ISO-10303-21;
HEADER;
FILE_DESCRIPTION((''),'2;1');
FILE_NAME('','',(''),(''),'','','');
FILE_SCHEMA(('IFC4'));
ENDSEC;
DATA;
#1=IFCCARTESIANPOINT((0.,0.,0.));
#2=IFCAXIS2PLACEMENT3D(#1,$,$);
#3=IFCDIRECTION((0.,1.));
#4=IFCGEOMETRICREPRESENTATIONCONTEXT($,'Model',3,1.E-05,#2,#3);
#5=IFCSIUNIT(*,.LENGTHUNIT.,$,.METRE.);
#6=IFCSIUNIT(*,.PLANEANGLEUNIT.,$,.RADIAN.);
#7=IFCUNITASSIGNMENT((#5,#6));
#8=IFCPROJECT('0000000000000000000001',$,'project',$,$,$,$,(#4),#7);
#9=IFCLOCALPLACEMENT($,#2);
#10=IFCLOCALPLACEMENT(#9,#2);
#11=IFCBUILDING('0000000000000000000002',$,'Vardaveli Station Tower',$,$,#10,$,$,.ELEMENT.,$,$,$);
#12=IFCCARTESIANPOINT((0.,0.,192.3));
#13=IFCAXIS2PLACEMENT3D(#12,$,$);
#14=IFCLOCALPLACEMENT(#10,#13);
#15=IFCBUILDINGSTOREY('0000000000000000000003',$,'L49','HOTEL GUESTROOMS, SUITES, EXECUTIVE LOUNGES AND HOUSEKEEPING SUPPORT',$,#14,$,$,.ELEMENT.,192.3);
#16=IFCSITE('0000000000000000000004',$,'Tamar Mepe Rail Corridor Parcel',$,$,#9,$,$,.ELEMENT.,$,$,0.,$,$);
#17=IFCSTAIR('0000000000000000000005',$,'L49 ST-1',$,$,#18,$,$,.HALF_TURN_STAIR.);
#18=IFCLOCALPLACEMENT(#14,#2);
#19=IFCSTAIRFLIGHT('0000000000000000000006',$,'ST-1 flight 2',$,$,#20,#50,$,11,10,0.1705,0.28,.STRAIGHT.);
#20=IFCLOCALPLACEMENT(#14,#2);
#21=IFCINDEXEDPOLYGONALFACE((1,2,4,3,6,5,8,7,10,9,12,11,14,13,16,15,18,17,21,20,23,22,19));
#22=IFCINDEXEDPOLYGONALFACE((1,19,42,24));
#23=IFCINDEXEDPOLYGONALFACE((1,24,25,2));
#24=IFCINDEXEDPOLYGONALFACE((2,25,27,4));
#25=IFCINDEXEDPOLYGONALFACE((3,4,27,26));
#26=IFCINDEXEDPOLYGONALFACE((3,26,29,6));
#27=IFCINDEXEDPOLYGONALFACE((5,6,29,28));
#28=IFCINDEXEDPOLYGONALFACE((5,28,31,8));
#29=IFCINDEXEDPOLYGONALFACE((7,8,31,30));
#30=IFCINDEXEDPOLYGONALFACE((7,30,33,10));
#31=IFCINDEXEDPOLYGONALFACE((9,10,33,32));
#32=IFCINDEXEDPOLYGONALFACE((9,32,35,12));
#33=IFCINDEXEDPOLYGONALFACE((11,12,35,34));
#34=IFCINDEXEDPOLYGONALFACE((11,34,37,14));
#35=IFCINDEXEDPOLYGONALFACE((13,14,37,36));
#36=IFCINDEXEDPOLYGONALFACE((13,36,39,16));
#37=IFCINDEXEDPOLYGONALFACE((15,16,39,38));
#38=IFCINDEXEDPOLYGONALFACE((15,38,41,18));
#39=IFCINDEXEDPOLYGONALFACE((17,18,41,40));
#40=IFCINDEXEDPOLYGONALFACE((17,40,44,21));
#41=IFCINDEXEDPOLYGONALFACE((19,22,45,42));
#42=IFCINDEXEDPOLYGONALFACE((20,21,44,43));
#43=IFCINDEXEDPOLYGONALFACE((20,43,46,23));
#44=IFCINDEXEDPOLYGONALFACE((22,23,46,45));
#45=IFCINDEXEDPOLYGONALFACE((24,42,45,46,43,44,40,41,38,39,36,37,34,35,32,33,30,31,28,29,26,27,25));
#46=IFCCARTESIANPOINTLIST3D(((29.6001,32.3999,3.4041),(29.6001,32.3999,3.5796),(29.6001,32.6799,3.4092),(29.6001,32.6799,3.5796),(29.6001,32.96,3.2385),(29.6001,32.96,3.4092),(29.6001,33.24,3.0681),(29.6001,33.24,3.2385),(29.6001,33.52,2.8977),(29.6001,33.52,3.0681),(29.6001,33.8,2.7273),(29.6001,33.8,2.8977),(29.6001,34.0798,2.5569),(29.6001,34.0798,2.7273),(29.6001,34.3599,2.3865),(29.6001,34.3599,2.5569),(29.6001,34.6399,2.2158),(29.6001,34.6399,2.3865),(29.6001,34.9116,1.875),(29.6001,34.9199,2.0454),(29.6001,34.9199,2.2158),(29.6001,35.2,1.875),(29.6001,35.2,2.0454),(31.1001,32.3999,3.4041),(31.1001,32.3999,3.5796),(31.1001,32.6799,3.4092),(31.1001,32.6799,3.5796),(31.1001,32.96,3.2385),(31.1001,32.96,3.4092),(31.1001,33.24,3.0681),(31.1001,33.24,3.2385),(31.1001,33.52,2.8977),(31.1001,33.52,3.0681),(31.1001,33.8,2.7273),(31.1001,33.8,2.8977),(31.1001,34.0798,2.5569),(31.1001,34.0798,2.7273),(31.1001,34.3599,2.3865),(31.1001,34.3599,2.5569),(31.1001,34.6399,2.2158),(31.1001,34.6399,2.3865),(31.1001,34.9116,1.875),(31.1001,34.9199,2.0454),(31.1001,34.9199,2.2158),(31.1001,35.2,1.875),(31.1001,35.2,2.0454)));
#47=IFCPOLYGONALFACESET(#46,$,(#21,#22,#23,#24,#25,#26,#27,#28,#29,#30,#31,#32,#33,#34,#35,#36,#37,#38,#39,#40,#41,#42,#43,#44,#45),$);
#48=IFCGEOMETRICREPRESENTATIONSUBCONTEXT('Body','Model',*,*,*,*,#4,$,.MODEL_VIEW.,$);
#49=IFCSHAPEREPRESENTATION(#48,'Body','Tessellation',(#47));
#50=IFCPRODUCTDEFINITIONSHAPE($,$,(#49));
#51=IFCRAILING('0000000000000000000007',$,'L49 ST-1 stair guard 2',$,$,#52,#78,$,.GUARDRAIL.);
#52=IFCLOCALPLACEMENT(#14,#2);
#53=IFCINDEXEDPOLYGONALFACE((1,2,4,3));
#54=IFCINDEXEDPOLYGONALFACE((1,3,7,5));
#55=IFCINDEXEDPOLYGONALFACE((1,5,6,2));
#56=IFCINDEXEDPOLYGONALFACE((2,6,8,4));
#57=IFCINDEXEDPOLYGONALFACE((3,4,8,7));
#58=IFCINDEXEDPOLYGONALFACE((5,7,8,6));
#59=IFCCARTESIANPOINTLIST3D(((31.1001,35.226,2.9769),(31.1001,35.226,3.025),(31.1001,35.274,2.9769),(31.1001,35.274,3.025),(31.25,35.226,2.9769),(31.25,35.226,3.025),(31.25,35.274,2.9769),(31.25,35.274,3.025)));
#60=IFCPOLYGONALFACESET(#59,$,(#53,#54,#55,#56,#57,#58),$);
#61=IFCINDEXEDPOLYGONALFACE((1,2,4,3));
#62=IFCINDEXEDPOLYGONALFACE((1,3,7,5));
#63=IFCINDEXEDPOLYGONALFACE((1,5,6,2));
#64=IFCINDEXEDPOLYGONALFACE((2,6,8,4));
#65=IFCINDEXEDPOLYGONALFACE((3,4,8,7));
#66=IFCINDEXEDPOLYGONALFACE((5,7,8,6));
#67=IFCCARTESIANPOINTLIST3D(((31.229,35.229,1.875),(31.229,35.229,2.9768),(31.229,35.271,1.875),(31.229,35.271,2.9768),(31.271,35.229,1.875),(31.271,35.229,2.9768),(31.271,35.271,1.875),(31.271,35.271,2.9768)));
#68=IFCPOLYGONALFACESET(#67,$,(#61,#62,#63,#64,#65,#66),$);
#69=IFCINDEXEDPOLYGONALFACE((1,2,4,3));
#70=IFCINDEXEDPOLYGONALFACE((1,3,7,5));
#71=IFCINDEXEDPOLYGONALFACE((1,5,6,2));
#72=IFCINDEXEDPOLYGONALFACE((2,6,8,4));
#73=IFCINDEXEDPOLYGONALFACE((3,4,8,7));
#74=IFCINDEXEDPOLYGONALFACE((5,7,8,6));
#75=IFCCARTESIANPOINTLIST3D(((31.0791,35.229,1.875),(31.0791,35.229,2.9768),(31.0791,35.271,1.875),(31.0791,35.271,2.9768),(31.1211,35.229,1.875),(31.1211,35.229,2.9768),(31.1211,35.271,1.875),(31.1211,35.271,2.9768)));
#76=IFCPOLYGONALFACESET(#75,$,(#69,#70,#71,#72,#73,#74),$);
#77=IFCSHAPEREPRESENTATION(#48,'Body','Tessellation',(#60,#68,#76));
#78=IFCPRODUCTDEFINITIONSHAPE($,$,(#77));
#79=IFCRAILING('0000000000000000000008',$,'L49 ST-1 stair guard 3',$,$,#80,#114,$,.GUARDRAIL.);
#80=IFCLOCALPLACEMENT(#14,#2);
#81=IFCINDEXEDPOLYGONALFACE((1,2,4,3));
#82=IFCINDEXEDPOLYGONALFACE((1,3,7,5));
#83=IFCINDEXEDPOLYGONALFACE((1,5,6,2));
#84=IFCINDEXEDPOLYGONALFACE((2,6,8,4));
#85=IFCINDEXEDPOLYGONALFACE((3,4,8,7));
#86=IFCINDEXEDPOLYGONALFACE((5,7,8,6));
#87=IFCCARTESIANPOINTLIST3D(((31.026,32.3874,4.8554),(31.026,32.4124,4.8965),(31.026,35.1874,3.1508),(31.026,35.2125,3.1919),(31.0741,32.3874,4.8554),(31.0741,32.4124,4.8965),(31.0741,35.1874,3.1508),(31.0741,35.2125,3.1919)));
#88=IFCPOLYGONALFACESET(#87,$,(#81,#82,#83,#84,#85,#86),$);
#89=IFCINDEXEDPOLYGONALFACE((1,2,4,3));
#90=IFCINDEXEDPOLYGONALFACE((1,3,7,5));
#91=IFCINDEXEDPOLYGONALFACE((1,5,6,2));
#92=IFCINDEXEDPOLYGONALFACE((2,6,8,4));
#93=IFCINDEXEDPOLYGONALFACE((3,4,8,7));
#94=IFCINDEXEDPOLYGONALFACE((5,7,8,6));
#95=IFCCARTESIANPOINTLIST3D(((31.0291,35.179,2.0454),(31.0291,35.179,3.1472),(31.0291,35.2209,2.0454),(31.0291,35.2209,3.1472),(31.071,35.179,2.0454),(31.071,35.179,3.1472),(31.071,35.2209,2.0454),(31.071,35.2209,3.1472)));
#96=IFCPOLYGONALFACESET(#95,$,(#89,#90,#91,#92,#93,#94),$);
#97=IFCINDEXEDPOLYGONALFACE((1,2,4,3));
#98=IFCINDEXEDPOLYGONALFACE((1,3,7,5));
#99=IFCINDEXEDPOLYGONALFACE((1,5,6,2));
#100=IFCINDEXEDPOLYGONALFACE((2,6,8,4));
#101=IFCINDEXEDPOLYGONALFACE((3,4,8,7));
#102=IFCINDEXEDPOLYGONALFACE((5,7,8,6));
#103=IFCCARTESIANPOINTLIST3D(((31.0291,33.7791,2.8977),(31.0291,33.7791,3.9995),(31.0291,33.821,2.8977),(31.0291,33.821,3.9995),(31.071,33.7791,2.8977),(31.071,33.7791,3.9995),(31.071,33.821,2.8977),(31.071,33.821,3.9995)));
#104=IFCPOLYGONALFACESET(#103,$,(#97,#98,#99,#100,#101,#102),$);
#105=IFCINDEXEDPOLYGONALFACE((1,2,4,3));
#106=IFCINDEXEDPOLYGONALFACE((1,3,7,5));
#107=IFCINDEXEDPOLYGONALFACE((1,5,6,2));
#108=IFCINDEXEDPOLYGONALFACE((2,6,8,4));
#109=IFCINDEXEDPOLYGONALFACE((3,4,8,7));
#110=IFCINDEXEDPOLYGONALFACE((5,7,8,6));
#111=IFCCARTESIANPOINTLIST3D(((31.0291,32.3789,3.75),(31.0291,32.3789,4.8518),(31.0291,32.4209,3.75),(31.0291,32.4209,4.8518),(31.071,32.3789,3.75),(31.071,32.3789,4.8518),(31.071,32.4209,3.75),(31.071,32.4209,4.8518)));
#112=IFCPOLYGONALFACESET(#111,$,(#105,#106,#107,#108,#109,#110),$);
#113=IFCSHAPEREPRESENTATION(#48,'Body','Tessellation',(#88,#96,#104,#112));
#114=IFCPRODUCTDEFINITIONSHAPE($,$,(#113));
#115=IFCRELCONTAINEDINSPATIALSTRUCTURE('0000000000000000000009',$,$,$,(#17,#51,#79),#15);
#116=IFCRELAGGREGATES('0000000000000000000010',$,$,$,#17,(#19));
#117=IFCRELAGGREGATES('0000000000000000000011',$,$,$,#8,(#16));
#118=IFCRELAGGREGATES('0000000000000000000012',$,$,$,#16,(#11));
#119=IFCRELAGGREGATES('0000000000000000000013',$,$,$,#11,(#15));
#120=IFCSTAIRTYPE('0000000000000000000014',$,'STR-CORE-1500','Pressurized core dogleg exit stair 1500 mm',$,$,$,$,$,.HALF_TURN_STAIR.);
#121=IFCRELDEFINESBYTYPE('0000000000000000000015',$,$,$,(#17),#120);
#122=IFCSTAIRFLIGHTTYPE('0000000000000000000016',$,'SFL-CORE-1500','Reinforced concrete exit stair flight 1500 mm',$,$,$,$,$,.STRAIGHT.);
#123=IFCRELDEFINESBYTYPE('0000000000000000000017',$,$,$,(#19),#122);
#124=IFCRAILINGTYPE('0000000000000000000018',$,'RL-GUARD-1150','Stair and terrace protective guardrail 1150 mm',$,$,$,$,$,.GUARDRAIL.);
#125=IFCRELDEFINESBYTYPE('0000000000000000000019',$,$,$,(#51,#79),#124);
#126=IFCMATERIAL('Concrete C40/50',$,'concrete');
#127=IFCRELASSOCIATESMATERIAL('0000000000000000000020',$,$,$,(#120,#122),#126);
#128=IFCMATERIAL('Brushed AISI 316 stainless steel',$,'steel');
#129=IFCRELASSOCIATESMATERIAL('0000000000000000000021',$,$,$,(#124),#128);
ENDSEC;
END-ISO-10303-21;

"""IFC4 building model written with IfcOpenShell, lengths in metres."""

from ifc_helpers import new_model, si_unit, direction, frame, origin, origin_2d, place, context, subcontext, project, spatial, polyline, rectangle, outline, extrude, source, transform, mapped, material, type_object, element, aggregate, save


model = new_model("IFC4")

# Units and contexts
model_context = context("Model", 3, precision=1e-05, world=origin(), true_north=direction((0.0, 1.0)))
body_context = subcontext(model_context, "Body", "Model", "MODEL_VIEW")
ifc_project = project(units=[si_unit("LENGTHUNIT", "METRE"), si_unit("PLANEANGLEUNIT", "RADIAN")], contexts=[model_context])

# Site, building, storey
site_placement = place(None, origin())
site = spatial("IfcSite", under=ifc_project, at=site_placement, Name="Tamar Mepe Rail Corridor Parcel", CompositionType="ELEMENT", RefElevation=0.0)
building_placement = place(site_placement, origin())
building = spatial("IfcBuilding", under=site, at=building_placement, Name="Vardaveli Station Tower", CompositionType="ELEMENT")
storey_placement = place(building_placement, frame((0.0, 0.0, 192.3)))
storey = spatial("IfcBuildingStorey", under=building, at=storey_placement, Name="L49", Description="HOTEL GUESTROOMS, SUITES, EXECUTIVE LOUNGES AND HOUSEKEEPING SUPPORT", CompositionType="ELEMENT", Elevation=192.3)

# Shared definitions
ifc_material_1 = material(Name="Concrete C40/50", Category="concrete")

# Stair, stair flight
stair_type = type_object("IfcStairType", Name="STR-CORE-1500", Description="Pressurized core dogleg exit stair 1500 mm", PredefinedType="HALF_TURN_STAIR", material=ifc_material_1)
stair_placement = place(storey_placement, origin())
stair = element("IfcStair", 1, at=stair_placement, inside=storey, type_object=stair_type, Name="L49 ST-1", PredefinedType="HALF_TURN_STAIR")
stair_flight_type = type_object("IfcStairFlightType", Name="SFL-CORE-1500", Description="Reinforced concrete exit stair flight 1500 mm", PredefinedType="STRAIGHT", material=ifc_material_1)
shared_shape_1 = source(origin(), body_context, "Body", "SweptSolid", [
    extrude(outline(polyline([(0.0, 0.0), (0.0, 0.1704), (0.28, 0.1704), (0.28, 0.3408), (0.5601, 0.3408), (0.5601, 0.5115), (0.8401, 0.5115), (0.8401, 0.6819), (1.1201, 0.6819), (1.1201, 0.8523), (1.3999, 0.8523), (1.3999, 1.0227), (1.6799, 1.0227), (1.6799, 1.1931), (1.96, 1.1931), (1.96, 1.3635), (2.24, 1.3635), (2.24, 1.5342), (2.52, 1.5342), (2.52, 1.7046), (2.8, 1.7046), (2.8, 1.875), (2.8, 1.5291), (0.2883, 0.0), (0.0, 0.0)])), frame((0.0, 0.75, 0.0), z_axis=(0.0, -1.0, 0.0), x_axis=(1.0, 0.0, 0.0)), (0.0, 0.0, 1.0), 1.5),
])
stair_flight_placement = place(storey_placement, frame((30.3501, 35.2, 1.875), z_axis=(0.0, 0.0, 1.0), x_axis=(0.0, -1.0, 0.0)))
stair_flight = element("IfcStairFlight", 2, at=stair_flight_placement, type_object=stair_flight_type, Name="ST-1 flight 2", NumberOfRisers=11, NumberOfTreads=10, PredefinedType="STRAIGHT", RiserHeight=0.1705, TreadLength=0.28, context=body_context, shape_type="MappedRepresentation", body=[
    mapped(shared_shape_1, transform((0.0, 0.0, 0.0), scale=1.0)),
])
aggregate(stair, [stair_flight])

# Railings
ifc_material_2 = material(Name="Brushed AISI 316 stainless steel", Category="steel")
railing_type = type_object("IfcRailingType", Name="RL-GUARD-1150", Description="Stair and terrace protective guardrail 1150 mm", PredefinedType="GUARDRAIL", material=ifc_material_2)
shared_shape_2 = source(origin(), body_context, "Body", "SweptSolid", [
    extrude(rectangle(XDim=0.0481, YDim=0.0481, at=origin_2d()), frame((0.0, 0.0, 1.126), z_axis=(-1.0, 0.0, 0.0), x_axis=(0.0, -1.0, 0.0)), (0.0, 0.0, 1.0), 0.1499),
    extrude(rectangle(XDim=0.042, YDim=0.042, at=origin_2d()), origin(), (0.0, 0.0, 1.0), 1.1018),
    extrude(rectangle(XDim=0.042, YDim=0.042, at=origin_2d()), frame((-0.1499, 0.0, 0.0)), (0.0, 0.0, 1.0), 1.1018),
])
railing_1_placement = place(storey_placement, frame((31.25, 35.25, 1.875)))
element("IfcRailing", 3, at=railing_1_placement, inside=storey, type_object=railing_type, Name="L49 ST-1 stair guard 2", PredefinedType="GUARDRAIL", context=body_context, shape_type="MappedRepresentation", body=[
    mapped(shared_shape_2, transform((0.0, 0.0, 0.0), scale=1.0)),
])
shared_shape_3 = source(origin(), body_context, "Body", "SweptSolid", [
    extrude(rectangle(XDim=0.0481, YDim=0.0481, at=origin_2d()), frame((0.0, 0.0, 1.126), z_axis=(0.0, -0.85417, 0.519994), x_axis=(1.0, 0.0, 0.0)), (0.0, 0.0, 1.0), 3.2781),
    extrude(rectangle(XDim=0.042, YDim=0.042, at=origin_2d()), origin(), (0.0, 0.0, 1.0), 1.1018),
    extrude(rectangle(XDim=0.042, YDim=0.042, at=origin_2d()), frame((0.0, -1.3999, 0.8523)), (0.0, 0.0, 1.0), 1.1018),
    extrude(rectangle(XDim=0.042, YDim=0.042, at=origin_2d()), frame((0.0, -2.8, 1.7046)), (0.0, 0.0, 1.0), 1.1018),
])
railing_2_placement = place(storey_placement, frame((31.05, 35.2, 2.0454)))
element("IfcRailing", 4, at=railing_2_placement, inside=storey, type_object=railing_type, Name="L49 ST-1 stair guard 3", PredefinedType="GUARDRAIL", context=body_context, shape_type="MappedRepresentation", body=[
    mapped(shared_shape_3, transform((0.0, 0.0, 0.0), scale=1.0)),
])

save(model, "model.ifc")
